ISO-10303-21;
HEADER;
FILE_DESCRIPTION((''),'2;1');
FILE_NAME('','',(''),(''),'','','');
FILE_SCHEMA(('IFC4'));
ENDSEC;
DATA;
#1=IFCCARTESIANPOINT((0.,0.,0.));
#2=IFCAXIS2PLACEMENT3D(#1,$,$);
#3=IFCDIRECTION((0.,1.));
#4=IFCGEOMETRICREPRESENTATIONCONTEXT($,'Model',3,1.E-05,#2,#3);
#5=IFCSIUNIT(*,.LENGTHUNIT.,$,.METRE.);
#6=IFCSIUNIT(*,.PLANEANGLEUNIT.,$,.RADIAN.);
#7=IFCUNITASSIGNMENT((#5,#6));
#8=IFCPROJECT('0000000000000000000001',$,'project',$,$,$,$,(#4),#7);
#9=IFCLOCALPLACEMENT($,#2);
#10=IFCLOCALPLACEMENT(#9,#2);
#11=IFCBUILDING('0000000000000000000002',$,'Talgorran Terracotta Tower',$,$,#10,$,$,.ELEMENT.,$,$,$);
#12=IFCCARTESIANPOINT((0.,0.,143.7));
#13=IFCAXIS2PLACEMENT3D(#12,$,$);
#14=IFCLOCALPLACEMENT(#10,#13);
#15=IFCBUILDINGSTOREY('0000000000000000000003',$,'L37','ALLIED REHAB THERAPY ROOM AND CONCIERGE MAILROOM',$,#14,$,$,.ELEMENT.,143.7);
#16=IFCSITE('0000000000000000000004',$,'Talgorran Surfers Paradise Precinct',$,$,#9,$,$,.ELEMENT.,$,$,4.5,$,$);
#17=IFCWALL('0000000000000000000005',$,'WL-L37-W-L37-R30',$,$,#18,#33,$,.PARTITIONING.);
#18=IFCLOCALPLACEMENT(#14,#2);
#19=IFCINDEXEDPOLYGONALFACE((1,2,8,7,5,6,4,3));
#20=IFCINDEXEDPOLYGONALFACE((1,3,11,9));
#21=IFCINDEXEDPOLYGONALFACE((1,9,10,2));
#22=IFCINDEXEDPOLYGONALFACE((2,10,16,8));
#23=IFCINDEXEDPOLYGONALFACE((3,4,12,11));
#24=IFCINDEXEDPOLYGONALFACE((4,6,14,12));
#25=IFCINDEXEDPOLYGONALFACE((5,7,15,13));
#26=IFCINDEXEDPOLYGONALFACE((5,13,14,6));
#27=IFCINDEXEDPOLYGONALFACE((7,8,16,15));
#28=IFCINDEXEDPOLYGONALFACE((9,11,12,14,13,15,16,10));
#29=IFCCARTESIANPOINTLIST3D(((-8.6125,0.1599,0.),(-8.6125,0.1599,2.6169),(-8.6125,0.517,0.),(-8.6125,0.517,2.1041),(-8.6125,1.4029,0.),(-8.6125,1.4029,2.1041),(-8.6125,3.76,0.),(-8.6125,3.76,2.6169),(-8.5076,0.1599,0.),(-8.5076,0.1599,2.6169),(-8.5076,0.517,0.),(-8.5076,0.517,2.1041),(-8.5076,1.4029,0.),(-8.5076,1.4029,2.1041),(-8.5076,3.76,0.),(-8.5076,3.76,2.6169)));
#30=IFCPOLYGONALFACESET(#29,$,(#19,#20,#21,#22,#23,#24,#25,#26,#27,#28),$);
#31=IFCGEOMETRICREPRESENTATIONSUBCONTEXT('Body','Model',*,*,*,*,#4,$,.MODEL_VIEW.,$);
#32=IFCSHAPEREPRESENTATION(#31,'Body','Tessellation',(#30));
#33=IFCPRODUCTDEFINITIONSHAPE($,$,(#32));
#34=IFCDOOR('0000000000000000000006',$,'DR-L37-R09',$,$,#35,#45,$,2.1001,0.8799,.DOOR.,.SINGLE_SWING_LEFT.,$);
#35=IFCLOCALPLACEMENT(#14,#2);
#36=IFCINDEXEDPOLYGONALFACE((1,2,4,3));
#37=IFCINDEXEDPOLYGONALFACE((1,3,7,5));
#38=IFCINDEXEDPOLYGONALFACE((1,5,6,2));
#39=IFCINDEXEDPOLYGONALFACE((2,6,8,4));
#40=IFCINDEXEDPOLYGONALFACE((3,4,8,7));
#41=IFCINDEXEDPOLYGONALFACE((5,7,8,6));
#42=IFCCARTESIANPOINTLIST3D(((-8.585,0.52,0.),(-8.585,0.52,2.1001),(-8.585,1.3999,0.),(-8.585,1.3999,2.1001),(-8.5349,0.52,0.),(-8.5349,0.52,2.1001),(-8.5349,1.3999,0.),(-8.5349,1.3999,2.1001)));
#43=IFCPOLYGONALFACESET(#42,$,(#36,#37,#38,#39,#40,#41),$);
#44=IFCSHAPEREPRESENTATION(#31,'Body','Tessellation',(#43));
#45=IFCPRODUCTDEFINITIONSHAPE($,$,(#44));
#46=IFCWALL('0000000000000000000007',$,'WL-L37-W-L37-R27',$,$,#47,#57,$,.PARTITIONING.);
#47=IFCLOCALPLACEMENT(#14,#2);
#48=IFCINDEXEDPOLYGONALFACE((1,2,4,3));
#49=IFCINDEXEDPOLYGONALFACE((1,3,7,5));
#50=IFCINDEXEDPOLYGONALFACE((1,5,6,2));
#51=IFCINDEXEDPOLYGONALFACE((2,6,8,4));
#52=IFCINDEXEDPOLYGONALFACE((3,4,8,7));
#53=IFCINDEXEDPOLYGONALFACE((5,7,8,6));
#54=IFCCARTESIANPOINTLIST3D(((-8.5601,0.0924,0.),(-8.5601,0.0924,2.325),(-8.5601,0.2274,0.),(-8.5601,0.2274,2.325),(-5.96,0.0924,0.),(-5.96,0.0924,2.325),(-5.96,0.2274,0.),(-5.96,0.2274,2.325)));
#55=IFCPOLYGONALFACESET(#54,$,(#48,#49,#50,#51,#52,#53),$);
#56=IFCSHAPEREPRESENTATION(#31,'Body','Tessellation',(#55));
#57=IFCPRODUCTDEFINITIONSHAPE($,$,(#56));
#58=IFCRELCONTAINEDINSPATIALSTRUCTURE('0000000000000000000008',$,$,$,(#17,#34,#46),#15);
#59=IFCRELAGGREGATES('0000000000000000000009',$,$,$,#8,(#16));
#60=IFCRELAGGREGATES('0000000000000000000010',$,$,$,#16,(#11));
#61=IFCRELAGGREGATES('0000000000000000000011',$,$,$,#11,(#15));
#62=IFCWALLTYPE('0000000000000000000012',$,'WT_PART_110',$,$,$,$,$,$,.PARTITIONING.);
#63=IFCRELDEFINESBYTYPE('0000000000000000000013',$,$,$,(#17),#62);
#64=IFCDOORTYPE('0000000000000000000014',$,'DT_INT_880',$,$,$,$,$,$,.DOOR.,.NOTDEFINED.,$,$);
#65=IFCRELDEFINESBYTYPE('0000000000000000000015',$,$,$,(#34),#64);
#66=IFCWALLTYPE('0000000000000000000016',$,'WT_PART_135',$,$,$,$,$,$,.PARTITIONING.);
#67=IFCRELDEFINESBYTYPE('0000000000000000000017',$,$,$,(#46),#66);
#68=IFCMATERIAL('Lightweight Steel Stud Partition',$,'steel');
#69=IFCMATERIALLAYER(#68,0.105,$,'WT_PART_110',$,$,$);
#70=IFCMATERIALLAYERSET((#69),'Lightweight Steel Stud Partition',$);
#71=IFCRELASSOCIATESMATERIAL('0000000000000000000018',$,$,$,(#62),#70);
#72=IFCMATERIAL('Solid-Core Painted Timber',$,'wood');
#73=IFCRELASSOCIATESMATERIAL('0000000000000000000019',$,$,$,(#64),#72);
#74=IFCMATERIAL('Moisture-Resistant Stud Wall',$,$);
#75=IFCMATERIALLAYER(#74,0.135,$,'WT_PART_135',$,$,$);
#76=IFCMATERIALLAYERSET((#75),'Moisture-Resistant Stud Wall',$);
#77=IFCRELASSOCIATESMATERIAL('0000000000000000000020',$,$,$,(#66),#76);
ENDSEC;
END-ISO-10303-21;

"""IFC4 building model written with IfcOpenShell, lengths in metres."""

from ifc_helpers import new_model, si_unit, direction, frame, frame_2d, origin, place, context, subcontext, project, spatial, rectangle, extrude, material, layer, layer_set, type_object, element, fill, save


model = new_model("IFC4")

# Units and contexts
model_context = context("Model", 3, precision=1e-05, world=origin(), true_north=direction((0.0, 1.0)))
body_context = subcontext(model_context, "Body", "Model", "MODEL_VIEW")
ifc_project = project(units=[si_unit("LENGTHUNIT", "METRE"), si_unit("PLANEANGLEUNIT", "RADIAN")], contexts=[model_context])

# Site, building, storey
site_placement = place(None, origin())
site = spatial("IfcSite", under=ifc_project, at=site_placement, Name="Talgorran Surfers Paradise Precinct", CompositionType="ELEMENT", RefElevation=4.5)
building_placement = place(site_placement, origin())
building = spatial("IfcBuilding", under=site, at=building_placement, Name="Talgorran Terracotta Tower", CompositionType="ELEMENT")
storey_placement = place(building_placement, frame((0.0, 0.0, 143.7)))
storey = spatial("IfcBuildingStorey", under=building, at=storey_placement, Name="L37", Description="ALLIED REHAB THERAPY ROOM AND CONCIERGE MAILROOM", CompositionType="ELEMENT", Elevation=143.7)

# Wall, opening, door
ifc_material_1 = material(Name="Lightweight Steel Stud Partition", Category="steel")
ifc_layer_1 = layer(ifc_material_1, 0.105, Name="WT_PART_110")
ifc_layer_set_1 = layer_set([ifc_layer_1], Name="Lightweight Steel Stud Partition")
wall_type_1 = type_object("IfcWallType", Name="WT_PART_110", PredefinedType="PARTITIONING", material=ifc_layer_set_1)
wall_1_placement = place(storey_placement, frame((-8.5601, 0.1599, 0.0), z_axis=(0.0, 0.0, 1.0), x_axis=(0.0, 1.0, 0.0)))
wall_1 = element("IfcWall", 1, at=wall_1_placement, inside=storey, type_object=wall_type_1, Name="WL-L37-W-L37-R30", PredefinedType="PARTITIONING", context=body_context, shape_type="SweptSolid", body=[
    extrude(rectangle(XDim=3.6001, YDim=0.105, at=frame_2d((1.8, 0.0))), origin(), (0.0, 0.0, 1.0), 2.6169),
])
opening_placement = place(wall_1_placement, frame((0.3601, 0.0, 0.0)))
opening = element("IfcOpeningElement", 2, at=opening_placement, cuts=wall_1, PredefinedType="OPENING", context=body_context, shape_type="SweptSolid", body=[
    extrude(rectangle(XDim=0.8859, YDim=2.1041, at=frame_2d((0.4399, 1.052))), frame((0.0, 0.0625, 0.0), z_axis=(0.0, -1.0, 0.0), x_axis=(1.0, 0.0, 0.0)), (0.0, 0.0, 1.0), 0.125),
])
ifc_material_2 = material(Name="Solid-Core Painted Timber", Category="wood")
door_type = type_object("IfcDoorType", Name="DT_INT_880", OperationType="NOTDEFINED", PredefinedType="DOOR", material=ifc_material_2)
door_placement = place(opening_placement, origin())
door = element("IfcDoor", 3, at=door_placement, inside=storey, type_object=door_type, Name="DR-L37-R09", OperationType="SINGLE_SWING_LEFT", OverallHeight=2.1001, OverallWidth=0.8799, PredefinedType="DOOR", context=body_context, shape_type="SweptSolid", body=[
    extrude(rectangle(XDim=0.8799, YDim=2.1001, at=frame_2d((0.4399, 1.05))), frame((0.0, 0.0249, 0.0), z_axis=(0.0, -1.0, 0.0), x_axis=(1.0, 0.0, 0.0)), (0.0, 0.0, 1.0), 0.05),
])
fill(opening, door)

# Wall
ifc_material_3 = material(Name="Moisture-Resistant Stud Wall")
ifc_layer_2 = layer(ifc_material_3, 0.135, Name="WT_PART_135")
ifc_layer_set_2 = layer_set([ifc_layer_2], Name="Moisture-Resistant Stud Wall")
wall_type_2 = type_object("IfcWallType", Name="WT_PART_135", PredefinedType="PARTITIONING", material=ifc_layer_set_2)
wall_2_placement = place(storey_placement, frame((-8.5601, 0.1599, 0.0), z_axis=(0.0, 0.0, 1.0), x_axis=(1.0, 0.0, 0.0)))
element("IfcWall", 4, at=wall_2_placement, inside=storey, type_object=wall_type_2, Name="WL-L37-W-L37-R27", PredefinedType="PARTITIONING", context=body_context, shape_type="SweptSolid", body=[
    extrude(rectangle(XDim=2.6001, YDim=0.135, at=frame_2d((1.3, 0.0))), origin(), (0.0, 0.0, 1.0), 2.325),
])

save(model, "model.ifc")
